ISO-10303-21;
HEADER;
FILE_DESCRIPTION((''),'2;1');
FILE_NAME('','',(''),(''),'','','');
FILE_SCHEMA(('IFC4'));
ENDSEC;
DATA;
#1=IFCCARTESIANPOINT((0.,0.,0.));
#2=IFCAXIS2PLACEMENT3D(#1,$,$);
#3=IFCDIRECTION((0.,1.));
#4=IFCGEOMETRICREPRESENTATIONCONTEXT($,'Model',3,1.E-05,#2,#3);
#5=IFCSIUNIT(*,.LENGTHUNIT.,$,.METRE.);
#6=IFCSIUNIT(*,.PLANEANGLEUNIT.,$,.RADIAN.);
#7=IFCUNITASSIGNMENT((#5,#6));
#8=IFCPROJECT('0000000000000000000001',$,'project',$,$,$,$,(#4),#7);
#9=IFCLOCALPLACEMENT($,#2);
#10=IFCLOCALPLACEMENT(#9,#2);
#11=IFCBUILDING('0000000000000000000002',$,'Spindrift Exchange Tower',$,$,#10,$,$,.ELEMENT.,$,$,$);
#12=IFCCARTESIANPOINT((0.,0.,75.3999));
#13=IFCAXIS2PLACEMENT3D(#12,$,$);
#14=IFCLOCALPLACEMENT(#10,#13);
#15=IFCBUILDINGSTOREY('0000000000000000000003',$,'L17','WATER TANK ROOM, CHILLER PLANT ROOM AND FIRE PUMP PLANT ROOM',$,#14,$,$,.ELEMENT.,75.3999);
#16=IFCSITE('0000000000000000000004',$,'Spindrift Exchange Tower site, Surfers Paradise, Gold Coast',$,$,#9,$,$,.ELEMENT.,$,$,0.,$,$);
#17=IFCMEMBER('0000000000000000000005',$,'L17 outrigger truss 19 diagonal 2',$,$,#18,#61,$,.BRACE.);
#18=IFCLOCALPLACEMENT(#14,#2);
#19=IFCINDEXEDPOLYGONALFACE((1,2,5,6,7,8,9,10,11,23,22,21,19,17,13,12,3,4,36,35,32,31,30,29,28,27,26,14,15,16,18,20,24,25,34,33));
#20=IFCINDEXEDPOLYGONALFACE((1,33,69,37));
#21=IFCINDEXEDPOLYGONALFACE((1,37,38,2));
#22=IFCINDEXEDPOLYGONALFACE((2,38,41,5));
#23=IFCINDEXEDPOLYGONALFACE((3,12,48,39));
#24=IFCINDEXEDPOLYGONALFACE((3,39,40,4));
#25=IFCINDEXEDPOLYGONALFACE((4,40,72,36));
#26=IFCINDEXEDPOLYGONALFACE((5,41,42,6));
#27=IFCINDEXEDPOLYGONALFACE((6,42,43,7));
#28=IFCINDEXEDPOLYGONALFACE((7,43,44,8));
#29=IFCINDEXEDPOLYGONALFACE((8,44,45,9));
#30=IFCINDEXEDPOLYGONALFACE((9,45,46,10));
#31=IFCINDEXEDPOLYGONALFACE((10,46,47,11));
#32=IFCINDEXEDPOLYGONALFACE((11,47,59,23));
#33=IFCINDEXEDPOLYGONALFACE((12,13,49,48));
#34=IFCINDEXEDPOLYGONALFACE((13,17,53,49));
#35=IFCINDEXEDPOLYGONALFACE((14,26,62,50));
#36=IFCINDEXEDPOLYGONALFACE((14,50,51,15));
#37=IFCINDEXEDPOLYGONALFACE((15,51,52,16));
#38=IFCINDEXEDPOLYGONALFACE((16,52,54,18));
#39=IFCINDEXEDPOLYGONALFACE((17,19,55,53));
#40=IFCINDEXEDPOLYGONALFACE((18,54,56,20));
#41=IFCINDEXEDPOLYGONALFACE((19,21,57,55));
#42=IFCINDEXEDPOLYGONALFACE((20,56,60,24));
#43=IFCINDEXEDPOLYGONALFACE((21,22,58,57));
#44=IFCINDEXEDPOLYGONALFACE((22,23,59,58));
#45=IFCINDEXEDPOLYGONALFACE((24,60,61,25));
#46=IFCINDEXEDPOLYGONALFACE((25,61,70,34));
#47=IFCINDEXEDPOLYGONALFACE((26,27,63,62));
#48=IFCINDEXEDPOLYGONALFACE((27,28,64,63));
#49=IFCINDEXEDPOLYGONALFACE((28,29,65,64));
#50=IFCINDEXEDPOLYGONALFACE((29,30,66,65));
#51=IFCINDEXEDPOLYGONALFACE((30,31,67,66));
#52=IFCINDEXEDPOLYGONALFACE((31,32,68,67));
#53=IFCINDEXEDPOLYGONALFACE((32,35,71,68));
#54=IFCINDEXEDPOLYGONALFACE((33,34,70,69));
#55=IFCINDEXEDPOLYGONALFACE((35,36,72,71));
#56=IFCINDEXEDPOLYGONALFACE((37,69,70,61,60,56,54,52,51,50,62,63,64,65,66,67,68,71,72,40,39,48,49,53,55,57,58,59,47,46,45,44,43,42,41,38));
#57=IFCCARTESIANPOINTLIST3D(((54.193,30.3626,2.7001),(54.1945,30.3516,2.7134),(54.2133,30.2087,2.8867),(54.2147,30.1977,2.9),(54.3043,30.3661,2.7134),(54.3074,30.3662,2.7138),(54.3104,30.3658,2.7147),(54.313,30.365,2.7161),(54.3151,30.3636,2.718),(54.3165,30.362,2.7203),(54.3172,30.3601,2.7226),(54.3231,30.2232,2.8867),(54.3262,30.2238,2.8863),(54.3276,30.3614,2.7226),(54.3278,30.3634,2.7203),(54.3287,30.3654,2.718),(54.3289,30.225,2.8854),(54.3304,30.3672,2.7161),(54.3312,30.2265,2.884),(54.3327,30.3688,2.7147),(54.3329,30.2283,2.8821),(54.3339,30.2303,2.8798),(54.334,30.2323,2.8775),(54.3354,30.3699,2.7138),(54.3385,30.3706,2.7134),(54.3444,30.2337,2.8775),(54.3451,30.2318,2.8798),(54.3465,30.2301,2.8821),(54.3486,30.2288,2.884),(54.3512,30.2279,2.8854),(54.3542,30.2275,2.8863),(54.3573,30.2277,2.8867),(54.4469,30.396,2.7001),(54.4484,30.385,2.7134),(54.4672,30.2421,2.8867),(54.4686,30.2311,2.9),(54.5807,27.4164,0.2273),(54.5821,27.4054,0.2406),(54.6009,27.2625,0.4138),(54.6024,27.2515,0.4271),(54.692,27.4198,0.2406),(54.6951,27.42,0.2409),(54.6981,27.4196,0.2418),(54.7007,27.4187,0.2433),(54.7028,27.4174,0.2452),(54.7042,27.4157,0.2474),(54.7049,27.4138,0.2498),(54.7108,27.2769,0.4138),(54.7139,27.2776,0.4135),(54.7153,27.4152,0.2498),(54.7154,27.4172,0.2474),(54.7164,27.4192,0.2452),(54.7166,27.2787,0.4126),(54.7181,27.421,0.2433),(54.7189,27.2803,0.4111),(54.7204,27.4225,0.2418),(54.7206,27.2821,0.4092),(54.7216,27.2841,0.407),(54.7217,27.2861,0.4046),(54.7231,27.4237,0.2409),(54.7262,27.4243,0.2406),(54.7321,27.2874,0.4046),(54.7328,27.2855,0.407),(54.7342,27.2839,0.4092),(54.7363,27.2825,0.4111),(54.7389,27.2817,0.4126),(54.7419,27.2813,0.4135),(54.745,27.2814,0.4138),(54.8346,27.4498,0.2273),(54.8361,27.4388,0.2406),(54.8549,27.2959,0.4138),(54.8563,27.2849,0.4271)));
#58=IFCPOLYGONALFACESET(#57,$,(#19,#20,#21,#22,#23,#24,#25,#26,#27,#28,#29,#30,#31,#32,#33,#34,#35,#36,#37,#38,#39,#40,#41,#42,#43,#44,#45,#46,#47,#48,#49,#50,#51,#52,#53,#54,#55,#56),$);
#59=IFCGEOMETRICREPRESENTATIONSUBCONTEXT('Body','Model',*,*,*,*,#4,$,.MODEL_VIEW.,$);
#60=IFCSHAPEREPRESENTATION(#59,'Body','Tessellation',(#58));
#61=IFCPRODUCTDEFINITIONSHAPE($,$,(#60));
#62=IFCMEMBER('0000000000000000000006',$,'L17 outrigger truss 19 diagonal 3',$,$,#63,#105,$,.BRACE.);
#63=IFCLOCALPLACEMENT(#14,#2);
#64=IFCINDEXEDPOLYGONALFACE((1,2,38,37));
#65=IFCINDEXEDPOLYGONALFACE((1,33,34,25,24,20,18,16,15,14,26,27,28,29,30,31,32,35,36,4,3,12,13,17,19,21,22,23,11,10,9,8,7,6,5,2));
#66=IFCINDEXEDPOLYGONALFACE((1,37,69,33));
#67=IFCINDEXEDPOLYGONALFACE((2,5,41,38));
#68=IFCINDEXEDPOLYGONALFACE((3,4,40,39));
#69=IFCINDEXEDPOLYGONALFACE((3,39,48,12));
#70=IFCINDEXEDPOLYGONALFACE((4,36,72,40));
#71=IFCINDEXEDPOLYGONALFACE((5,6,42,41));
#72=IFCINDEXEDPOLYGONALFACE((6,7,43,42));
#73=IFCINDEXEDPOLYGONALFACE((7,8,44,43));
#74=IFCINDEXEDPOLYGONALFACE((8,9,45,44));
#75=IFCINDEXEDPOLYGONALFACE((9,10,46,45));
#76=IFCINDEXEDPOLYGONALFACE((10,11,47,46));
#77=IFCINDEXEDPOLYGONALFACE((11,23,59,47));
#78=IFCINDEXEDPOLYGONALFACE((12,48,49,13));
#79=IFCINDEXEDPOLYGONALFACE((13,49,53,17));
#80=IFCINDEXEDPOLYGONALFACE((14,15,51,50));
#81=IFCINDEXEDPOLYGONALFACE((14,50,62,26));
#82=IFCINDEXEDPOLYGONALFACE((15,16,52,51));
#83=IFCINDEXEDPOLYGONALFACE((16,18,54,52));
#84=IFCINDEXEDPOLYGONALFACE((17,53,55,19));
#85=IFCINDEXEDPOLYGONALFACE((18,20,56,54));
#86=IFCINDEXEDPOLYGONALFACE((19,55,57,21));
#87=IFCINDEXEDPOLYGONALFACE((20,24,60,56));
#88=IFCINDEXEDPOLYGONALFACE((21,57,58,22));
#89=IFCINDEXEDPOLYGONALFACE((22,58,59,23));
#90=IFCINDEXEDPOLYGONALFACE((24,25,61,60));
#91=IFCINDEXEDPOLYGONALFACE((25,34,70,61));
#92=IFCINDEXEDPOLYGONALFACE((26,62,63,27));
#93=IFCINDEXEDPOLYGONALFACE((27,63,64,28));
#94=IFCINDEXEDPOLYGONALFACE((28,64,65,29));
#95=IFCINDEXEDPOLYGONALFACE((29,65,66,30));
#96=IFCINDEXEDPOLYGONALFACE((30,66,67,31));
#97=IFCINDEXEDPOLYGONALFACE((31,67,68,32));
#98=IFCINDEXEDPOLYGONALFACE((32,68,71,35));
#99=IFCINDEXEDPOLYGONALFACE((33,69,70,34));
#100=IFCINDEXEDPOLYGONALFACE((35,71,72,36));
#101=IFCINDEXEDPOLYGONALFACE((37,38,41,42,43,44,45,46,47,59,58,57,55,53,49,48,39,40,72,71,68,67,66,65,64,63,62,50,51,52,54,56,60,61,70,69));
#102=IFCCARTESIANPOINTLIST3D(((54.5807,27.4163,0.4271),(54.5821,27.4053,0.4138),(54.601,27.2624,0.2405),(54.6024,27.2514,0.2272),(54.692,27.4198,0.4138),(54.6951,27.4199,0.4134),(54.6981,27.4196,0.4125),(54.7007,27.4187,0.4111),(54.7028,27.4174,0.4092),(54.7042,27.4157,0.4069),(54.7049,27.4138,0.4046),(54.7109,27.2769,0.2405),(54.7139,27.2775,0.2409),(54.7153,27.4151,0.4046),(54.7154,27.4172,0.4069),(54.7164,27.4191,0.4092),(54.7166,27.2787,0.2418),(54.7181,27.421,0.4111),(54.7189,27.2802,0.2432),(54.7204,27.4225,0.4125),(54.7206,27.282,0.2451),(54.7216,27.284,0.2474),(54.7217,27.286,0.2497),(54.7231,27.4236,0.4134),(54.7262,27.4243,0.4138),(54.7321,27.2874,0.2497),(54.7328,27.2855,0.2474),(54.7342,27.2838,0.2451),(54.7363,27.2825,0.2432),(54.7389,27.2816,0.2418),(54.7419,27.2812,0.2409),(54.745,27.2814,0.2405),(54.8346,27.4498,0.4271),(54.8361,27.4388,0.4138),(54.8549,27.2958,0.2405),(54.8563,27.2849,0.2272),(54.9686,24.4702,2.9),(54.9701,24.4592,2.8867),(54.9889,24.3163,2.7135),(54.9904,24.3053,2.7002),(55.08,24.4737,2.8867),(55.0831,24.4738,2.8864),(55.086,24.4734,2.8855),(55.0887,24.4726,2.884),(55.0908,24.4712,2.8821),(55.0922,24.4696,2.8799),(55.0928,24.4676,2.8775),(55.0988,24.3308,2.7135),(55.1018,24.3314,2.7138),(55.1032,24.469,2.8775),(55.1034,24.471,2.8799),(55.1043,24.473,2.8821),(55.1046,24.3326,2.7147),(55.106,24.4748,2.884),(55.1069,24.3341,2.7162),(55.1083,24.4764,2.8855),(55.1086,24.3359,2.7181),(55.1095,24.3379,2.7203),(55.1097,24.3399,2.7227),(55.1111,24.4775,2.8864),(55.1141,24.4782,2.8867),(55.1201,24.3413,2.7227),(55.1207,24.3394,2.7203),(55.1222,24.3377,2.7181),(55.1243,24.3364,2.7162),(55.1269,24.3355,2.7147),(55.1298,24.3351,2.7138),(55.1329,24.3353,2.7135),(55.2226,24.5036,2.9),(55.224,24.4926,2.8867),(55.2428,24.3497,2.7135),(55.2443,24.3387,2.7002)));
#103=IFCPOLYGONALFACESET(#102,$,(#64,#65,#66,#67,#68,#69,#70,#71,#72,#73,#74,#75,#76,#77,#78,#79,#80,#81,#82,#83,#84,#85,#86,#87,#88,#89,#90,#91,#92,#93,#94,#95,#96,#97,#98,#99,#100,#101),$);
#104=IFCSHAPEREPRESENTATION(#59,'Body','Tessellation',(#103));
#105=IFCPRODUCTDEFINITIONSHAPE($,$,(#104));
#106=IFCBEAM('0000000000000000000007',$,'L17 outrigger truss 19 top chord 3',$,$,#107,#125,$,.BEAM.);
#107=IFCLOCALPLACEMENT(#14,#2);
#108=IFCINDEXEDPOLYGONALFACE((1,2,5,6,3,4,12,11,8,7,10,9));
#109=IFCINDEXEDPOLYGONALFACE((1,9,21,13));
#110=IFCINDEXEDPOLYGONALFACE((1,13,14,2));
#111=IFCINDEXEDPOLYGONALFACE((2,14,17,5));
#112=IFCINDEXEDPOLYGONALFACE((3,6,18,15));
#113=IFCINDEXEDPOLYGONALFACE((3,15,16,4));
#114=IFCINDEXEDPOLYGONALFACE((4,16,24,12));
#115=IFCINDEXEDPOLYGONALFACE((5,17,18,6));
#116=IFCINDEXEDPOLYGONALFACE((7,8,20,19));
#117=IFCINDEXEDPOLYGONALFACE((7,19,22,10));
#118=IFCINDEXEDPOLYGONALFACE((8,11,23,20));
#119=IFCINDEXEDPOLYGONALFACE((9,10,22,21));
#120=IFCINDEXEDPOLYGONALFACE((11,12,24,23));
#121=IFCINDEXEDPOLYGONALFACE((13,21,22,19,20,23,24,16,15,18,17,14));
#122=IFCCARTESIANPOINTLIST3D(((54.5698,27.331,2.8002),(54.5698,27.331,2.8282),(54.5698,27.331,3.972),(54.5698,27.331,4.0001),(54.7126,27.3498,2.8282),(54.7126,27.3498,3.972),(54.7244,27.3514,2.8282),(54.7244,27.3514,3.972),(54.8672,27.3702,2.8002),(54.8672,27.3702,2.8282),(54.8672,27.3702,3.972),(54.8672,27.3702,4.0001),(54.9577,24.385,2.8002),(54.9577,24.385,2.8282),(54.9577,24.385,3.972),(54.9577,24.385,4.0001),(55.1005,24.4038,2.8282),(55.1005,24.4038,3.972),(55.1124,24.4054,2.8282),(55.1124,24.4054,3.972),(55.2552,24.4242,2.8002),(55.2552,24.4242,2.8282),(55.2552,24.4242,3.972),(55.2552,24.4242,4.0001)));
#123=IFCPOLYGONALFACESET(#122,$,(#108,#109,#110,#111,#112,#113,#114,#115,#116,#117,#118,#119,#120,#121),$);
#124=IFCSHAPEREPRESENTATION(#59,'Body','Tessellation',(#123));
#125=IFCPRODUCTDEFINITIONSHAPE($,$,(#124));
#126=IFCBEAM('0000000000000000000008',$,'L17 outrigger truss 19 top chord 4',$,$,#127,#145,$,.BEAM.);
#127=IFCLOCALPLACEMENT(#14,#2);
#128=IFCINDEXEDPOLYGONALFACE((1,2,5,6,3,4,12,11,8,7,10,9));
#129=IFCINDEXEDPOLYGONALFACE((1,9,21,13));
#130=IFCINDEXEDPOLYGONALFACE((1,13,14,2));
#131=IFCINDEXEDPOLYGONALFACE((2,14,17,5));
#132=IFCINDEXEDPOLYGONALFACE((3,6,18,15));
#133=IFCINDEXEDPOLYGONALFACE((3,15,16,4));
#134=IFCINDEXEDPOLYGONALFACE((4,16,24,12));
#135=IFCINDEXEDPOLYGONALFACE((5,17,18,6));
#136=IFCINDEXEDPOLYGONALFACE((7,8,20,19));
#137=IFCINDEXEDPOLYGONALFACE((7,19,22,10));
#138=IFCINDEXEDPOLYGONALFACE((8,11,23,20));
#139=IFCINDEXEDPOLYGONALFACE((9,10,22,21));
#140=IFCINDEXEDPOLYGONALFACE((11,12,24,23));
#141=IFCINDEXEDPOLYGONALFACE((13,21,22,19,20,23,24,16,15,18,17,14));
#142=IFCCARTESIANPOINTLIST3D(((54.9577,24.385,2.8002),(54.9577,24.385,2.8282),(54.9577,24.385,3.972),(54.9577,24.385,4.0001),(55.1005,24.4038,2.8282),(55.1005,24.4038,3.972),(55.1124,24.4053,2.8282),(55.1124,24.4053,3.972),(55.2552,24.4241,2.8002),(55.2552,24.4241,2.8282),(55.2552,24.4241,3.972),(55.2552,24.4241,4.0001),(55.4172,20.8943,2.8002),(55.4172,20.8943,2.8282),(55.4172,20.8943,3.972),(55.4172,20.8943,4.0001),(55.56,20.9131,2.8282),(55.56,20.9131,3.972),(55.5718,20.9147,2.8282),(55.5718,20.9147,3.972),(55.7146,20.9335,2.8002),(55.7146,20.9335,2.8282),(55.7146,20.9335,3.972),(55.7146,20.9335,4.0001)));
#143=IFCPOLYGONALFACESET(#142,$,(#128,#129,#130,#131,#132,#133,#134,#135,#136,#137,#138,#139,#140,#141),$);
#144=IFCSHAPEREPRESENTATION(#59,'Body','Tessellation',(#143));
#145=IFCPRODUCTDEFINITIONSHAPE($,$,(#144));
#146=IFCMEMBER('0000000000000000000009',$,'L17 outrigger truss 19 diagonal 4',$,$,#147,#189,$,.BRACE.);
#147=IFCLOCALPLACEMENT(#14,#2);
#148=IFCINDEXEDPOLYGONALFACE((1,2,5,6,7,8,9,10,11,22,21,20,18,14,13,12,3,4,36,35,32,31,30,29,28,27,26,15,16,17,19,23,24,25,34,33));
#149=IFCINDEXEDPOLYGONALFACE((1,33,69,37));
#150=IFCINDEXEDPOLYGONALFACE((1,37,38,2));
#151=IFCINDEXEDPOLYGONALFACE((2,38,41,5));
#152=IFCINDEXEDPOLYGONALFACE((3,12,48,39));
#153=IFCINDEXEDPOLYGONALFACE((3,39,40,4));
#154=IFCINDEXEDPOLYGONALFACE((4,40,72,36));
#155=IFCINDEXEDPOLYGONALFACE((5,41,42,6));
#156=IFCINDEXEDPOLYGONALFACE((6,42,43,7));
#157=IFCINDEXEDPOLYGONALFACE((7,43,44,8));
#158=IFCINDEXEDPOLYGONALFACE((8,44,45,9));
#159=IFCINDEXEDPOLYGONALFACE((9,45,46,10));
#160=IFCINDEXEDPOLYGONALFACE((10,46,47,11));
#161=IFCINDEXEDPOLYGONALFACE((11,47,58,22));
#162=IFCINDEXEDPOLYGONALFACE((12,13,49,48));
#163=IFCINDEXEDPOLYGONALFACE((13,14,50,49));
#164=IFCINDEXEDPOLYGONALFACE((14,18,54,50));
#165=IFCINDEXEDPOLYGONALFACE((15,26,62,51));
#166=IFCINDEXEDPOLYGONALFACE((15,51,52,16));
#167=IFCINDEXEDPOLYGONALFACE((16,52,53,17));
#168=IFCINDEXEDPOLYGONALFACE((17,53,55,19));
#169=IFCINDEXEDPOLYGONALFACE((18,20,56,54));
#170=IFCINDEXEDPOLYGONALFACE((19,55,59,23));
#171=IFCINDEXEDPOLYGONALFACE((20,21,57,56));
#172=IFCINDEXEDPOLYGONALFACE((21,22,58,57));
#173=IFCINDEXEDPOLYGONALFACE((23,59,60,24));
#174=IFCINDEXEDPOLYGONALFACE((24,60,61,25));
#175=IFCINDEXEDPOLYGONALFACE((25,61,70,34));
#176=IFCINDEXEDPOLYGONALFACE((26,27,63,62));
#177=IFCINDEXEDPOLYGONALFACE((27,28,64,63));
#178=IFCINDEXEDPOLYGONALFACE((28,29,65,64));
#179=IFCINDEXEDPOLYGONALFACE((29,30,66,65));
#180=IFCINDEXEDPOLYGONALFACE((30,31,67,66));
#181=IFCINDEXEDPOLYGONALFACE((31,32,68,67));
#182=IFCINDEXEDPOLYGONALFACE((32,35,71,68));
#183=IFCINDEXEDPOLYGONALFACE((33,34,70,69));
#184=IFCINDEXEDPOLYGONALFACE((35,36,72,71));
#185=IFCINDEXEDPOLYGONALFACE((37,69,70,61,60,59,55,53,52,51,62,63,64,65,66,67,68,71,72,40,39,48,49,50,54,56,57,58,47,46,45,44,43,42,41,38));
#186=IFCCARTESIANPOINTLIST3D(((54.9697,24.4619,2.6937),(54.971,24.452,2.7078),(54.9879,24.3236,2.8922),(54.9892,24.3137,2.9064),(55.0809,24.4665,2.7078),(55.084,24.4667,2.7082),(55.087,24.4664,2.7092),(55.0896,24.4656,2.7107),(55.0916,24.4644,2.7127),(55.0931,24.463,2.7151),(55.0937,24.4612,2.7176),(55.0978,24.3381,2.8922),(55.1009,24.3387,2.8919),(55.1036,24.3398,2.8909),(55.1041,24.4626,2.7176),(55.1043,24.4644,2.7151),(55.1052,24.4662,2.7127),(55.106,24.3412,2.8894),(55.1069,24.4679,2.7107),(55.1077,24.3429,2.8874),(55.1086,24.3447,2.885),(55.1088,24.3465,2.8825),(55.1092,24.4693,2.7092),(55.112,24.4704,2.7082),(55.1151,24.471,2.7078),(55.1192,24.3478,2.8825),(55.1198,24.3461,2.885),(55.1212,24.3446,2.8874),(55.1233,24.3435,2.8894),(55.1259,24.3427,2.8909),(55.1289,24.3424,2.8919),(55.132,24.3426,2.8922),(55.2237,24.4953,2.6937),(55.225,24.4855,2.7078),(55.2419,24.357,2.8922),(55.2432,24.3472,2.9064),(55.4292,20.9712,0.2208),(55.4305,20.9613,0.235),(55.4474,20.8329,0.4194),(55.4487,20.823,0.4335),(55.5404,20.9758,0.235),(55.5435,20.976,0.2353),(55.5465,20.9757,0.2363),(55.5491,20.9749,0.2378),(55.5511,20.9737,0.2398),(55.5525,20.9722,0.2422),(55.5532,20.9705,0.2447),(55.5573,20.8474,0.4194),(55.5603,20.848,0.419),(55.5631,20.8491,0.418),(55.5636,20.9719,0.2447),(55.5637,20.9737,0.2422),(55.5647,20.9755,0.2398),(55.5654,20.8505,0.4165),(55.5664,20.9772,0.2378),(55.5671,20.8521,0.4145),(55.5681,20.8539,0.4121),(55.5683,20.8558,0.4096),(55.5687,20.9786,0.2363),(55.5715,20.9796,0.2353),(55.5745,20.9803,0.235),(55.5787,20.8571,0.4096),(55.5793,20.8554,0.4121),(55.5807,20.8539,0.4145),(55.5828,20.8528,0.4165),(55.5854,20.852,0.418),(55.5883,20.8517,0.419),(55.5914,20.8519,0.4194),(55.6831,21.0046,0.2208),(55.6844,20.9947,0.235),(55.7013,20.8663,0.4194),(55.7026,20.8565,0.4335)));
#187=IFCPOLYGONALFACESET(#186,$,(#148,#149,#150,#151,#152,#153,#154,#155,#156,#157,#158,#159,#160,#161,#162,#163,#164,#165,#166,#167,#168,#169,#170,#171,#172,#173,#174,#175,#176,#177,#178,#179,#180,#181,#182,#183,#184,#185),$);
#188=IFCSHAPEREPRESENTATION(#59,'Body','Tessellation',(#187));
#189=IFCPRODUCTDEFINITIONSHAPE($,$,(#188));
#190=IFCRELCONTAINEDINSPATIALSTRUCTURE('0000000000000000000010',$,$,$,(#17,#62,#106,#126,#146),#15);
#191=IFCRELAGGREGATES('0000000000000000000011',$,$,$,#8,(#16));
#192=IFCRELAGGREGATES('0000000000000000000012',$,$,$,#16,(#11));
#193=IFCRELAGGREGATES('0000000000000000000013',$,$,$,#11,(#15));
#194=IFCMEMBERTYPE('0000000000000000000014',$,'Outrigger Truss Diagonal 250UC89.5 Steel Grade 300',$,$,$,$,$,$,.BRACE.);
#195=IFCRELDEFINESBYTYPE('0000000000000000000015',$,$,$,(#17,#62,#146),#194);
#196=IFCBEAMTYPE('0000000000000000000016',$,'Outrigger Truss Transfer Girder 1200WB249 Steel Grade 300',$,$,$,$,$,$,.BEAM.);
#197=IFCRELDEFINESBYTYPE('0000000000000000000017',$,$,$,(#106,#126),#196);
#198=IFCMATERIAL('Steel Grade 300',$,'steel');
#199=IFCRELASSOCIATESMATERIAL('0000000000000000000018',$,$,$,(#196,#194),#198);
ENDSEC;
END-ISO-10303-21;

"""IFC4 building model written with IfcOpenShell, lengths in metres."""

from ifc_helpers import new_model, si_unit, direction, frame, origin, origin_2d, place, context, subcontext, project, spatial, i_section, extrude, source, transform, mapped, material, material_profile, profile_set, type_object, element, save


model = new_model("IFC4")

# Units and contexts
model_context = context("Model", 3, precision=1e-05, world=origin(), true_north=direction((0.0, 1.0)))
body_context = subcontext(model_context, "Body", "Model", "MODEL_VIEW")
ifc_project = project(units=[si_unit("LENGTHUNIT", "METRE"), si_unit("PLANEANGLEUNIT", "RADIAN")], contexts=[model_context])

# Site, building, storey
site_placement = place(None, origin())
site = spatial("IfcSite", under=ifc_project, at=site_placement, Name="Spindrift Exchange Tower site, Surfers Paradise, Gold Coast", CompositionType="ELEMENT", RefElevation=0.0)
building_placement = place(site_placement, origin())
building = spatial("IfcBuilding", under=site, at=building_placement, Name="Spindrift Exchange Tower", CompositionType="ELEMENT")
storey_placement = place(building_placement, frame((0.0, 0.0, 75.3999)))
storey = spatial("IfcBuildingStorey", under=building, at=storey_placement, Name="L17", Description="WATER TANK ROOM, CHILLER PLANT ROOM AND FIRE PUMP PLANT ROOM", CompositionType="ELEMENT", Elevation=75.3999)

# Shared definitions
ifc_material_1 = material(Name="Steel Grade 300", Category="steel")

# Shared definitions
ifc_material_profile_1 = material_profile(ifc_material_1, i_section(OverallWidth=0.3, OverallDepth=1.2, WebThickness=0.012, FlangeThickness=0.0281, at=origin_2d()), Name="1200WB249")
ifc_profile_set_1 = profile_set([ifc_material_profile_1], Name="Steel Grade 300")
beam_type = type_object("IfcBeamType", Name="Outrigger Truss Transfer Girder 1200WB249 Steel Grade 300", PredefinedType="BEAM", material=ifc_profile_set_1)

# Members
ifc_material_profile_2 = material_profile(ifc_material_1, i_section(OverallWidth=0.2561, OverallDepth=0.26, WebThickness=0.0105, FlangeThickness=0.0173, FilletRadius=0.012, at=origin_2d()), Name="250UC89.5")
ifc_profile_set_2 = profile_set([ifc_material_profile_2], Name="Steel Grade 300")
member_type_1 = type_object("IfcMemberType", Name="Outrigger Truss Diagonal 250UC89.5 Steel Grade 300", PredefinedType="BRACE", material=ifc_profile_set_2)
shared_shape_1 = source(origin(), body_context, "Body", "SweptSolid", [
    extrude(i_section(OverallWidth=0.2561, OverallDepth=0.26, WebThickness=0.0105, FlangeThickness=0.0173, FilletRadius=0.012, at=origin_2d()), origin(), (0.0, 0.0, 1.0), 3.866),
])
for number, where, z_axis, x_axis, name in (
    (1, (54.3308, 30.2969, 2.8), (0.100283, -0.762097, -0.639649), (0.991453, 0.130463, 0.0), "L17 outrigger truss 19 diagonal 2"),
    (2, (54.7185, 27.3506, 0.3271), (0.10035, -0.762066, 0.639676), (0.991441, 0.130554, 0.0), "L17 outrigger truss 19 diagonal 3"),
):
    element("IfcMember", number, at=place(storey_placement, frame(where, z_axis=z_axis, x_axis=x_axis)), inside=storey, type_object=member_type_1, Name=name, PredefinedType="BRACE", context=body_context, shape_type="MappedRepresentation", body=[
        mapped(shared_shape_1, transform((0.0, 0.0, 0.0), scale=1.0)),
    ])

# Beams
shared_shape_2 = source(origin(), body_context, "Body", "SweptSolid", [
    extrude(i_section(OverallWidth=0.3, OverallDepth=1.2, WebThickness=0.012, FlangeThickness=0.0281, at=origin_2d()), origin(), (0.0, 0.0, 1.0), 2.9714),
])
beam_1_placement = place(storey_placement, frame((54.7185, 27.3506, 3.4001), z_axis=(0.130554, -0.991441, 0.0), x_axis=(0.991441, 0.130554, 0.0)))
element("IfcBeam", 3, at=beam_1_placement, inside=storey, type_object=beam_type, Name="L17 outrigger truss 19 top chord 3", PredefinedType="BEAM", context=body_context, shape_type="MappedRepresentation", body=[
    mapped(shared_shape_2, transform((0.0, 0.0, 0.0), scale=1.0)),
])
shared_shape_3 = source(origin(), body_context, "Body", "SweptSolid", [
    extrude(i_section(OverallWidth=0.3, OverallDepth=1.2, WebThickness=0.012, FlangeThickness=0.0281, at=origin_2d()), origin(), (0.0, 0.0, 1.0), 3.5208),
])
beam_2_placement = place(storey_placement, frame((55.1064, 24.4045, 3.4001), z_axis=(0.130501, -0.991448, 0.0), x_axis=(0.991448, 0.130501, 0.0)))
element("IfcBeam", 4, at=beam_2_placement, inside=storey, type_object=beam_type, Name="L17 outrigger truss 19 top chord 4", PredefinedType="BEAM", context=body_context, shape_type="MappedRepresentation", body=[
    mapped(shared_shape_3, transform((0.0, 0.0, 0.0), scale=1.0)),
])

# Member
shared_shape_4 = source(origin(), body_context, "Body", "SweptSolid", [
    extrude(i_section(OverallWidth=0.2561, OverallDepth=0.26, WebThickness=0.0105, FlangeThickness=0.0173, FilletRadius=0.012, at=origin_2d()), origin(), (0.0, 0.0, 1.0), 4.3025),
])
member_1_placement = place(storey_placement, frame((55.1064, 24.4045, 2.8), z_axis=(0.106792, -0.811324, -0.574759), x_axis=(0.991448, 0.130501, 0.0)))
element("IfcMember", 5, at=member_1_placement, inside=storey, type_object=member_type_1, Name="L17 outrigger truss 19 diagonal 4", PredefinedType="BRACE", context=body_context, shape_type="MappedRepresentation", body=[
    mapped(shared_shape_4, transform((0.0, 0.0, 0.0), scale=1.0)),
])

save(model, "model.ifc")
